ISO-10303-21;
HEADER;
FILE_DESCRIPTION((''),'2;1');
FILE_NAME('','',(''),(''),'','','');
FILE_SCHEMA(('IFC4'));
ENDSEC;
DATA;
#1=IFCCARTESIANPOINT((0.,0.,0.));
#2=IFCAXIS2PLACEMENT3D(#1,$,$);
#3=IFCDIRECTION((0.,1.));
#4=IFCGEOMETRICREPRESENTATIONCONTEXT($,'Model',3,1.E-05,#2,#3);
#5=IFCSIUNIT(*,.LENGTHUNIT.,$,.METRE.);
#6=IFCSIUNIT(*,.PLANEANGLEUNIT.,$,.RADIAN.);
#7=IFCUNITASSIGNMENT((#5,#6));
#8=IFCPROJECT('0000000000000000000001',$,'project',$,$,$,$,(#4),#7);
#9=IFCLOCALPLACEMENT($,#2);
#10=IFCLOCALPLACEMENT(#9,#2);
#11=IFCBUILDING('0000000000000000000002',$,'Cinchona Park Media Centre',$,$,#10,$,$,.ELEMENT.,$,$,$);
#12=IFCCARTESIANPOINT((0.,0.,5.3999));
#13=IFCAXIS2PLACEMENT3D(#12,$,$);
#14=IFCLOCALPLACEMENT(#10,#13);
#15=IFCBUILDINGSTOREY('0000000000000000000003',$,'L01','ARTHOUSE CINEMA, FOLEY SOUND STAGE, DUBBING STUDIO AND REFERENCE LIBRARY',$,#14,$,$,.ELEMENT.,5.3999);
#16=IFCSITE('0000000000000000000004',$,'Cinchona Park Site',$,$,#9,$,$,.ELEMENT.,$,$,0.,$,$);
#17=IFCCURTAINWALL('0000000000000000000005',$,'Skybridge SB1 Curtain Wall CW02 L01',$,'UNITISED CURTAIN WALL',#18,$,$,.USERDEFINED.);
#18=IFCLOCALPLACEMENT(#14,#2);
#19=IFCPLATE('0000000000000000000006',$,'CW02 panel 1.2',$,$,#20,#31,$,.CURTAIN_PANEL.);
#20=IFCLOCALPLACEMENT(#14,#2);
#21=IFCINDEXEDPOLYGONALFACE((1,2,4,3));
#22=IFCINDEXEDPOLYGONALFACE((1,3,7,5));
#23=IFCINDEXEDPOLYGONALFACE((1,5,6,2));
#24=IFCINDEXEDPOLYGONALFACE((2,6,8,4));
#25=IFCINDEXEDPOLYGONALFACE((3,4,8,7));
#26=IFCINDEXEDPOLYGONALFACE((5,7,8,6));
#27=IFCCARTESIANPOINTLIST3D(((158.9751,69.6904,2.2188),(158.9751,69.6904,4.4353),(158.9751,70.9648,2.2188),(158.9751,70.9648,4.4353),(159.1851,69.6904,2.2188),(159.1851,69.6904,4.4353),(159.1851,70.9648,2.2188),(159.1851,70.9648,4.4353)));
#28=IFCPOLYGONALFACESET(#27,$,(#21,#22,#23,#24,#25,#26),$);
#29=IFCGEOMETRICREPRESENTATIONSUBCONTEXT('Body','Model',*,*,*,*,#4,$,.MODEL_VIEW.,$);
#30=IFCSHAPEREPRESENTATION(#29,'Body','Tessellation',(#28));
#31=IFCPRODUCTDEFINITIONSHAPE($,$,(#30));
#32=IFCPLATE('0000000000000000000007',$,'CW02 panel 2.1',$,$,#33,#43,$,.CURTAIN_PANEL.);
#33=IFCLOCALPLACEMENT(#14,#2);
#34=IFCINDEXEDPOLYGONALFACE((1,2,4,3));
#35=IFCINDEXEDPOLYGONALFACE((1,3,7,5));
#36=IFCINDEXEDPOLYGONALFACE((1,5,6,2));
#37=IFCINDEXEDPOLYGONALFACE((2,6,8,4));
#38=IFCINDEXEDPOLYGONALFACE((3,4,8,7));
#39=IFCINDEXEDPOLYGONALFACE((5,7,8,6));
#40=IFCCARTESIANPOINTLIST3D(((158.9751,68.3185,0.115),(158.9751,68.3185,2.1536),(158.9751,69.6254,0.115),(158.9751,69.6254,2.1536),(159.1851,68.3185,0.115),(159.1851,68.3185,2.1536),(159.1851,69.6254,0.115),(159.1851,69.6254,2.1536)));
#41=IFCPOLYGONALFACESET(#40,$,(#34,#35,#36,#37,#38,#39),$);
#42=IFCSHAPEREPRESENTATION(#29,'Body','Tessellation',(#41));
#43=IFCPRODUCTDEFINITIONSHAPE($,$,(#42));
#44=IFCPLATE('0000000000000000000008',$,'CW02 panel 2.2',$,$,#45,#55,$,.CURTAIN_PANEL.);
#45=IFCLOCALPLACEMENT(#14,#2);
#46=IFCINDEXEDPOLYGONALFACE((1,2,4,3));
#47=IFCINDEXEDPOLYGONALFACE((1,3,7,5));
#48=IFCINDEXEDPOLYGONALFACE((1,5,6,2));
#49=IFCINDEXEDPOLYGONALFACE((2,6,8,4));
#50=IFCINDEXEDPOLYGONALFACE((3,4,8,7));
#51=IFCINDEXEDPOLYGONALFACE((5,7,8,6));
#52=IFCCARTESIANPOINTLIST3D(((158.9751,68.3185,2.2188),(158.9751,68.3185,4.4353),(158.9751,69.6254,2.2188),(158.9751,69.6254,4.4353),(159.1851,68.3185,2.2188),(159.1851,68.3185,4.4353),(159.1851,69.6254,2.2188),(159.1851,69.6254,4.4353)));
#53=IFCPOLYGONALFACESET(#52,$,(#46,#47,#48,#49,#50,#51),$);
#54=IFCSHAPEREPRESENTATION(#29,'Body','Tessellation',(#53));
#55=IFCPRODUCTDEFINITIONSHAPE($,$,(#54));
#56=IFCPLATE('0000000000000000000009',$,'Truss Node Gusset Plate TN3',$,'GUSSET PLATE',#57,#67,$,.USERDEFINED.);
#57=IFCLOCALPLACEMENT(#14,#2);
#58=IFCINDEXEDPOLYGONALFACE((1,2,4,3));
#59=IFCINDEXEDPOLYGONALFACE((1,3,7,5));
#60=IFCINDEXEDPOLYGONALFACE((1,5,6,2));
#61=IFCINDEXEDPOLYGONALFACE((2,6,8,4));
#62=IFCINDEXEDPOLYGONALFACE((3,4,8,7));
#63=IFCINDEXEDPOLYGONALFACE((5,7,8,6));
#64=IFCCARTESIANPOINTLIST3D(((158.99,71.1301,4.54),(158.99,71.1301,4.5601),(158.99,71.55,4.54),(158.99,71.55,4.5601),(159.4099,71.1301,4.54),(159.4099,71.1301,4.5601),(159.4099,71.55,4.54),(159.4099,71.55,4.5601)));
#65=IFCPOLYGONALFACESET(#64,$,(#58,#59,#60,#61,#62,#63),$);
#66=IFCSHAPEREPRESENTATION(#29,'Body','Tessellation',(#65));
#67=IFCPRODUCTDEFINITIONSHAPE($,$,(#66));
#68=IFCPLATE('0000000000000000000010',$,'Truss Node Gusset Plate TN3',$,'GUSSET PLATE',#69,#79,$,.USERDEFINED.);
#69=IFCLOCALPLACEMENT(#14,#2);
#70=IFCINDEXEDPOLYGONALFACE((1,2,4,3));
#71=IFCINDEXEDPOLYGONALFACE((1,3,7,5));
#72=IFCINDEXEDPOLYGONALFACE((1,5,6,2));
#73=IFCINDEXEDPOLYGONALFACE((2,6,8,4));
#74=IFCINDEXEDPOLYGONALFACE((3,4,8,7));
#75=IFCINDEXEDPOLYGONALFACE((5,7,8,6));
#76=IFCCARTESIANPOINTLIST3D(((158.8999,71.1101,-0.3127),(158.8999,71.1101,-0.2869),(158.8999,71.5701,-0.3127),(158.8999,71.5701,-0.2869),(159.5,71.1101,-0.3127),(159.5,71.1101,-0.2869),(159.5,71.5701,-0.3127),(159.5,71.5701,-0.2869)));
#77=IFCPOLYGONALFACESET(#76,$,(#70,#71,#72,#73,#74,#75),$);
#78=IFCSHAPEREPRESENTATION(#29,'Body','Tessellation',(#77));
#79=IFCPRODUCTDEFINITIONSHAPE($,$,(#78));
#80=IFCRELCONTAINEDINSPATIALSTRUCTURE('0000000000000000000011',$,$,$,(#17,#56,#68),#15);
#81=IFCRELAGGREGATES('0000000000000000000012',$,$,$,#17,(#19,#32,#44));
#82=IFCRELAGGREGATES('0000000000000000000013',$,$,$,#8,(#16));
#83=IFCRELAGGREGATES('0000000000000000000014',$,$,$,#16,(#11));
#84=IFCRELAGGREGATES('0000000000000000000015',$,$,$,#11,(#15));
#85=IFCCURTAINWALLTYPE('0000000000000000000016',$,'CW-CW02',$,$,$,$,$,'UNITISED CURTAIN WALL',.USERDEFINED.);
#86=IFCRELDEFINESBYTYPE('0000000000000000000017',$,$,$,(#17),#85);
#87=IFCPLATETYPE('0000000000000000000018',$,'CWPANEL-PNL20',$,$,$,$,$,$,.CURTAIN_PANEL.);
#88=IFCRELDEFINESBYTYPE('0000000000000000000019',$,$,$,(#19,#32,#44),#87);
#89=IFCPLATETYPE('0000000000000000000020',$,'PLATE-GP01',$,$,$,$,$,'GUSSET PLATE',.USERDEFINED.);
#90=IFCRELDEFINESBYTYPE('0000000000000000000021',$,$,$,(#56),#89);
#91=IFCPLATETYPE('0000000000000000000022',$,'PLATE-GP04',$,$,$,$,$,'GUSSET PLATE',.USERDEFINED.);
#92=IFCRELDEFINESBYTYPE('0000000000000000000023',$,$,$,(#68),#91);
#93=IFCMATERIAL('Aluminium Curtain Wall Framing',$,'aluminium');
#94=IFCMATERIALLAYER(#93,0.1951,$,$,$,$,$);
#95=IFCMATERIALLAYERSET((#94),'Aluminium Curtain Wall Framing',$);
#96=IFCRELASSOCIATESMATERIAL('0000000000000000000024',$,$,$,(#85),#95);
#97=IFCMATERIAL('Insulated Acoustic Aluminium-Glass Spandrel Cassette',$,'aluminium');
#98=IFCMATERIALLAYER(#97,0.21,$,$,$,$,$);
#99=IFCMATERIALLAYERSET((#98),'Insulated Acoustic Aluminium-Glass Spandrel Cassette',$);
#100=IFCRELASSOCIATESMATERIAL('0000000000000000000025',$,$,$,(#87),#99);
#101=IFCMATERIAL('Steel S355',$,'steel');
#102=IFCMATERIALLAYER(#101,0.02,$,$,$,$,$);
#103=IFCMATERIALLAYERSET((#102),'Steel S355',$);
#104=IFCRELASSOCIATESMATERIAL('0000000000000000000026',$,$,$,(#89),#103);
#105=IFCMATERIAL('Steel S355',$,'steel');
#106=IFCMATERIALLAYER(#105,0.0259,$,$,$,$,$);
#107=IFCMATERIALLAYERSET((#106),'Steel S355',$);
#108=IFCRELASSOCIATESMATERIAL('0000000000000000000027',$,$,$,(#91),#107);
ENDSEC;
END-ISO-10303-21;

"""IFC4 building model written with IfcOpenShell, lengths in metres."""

from ifc_helpers import new_model, si_unit, direction, frame, origin, origin_2d, place, context, subcontext, project, spatial, rectangle, extrude, material, layer, layer_set, type_object, element, aggregate, save


model = new_model("IFC4")

# Units and contexts
model_context = context("Model", 3, precision=1e-05, world=origin(), true_north=direction((0.0, 1.0)))
body_context = subcontext(model_context, "Body", "Model", "MODEL_VIEW")
ifc_project = project(units=[si_unit("LENGTHUNIT", "METRE"), si_unit("PLANEANGLEUNIT", "RADIAN")], contexts=[model_context])

# Site, building, storey
site_placement = place(None, origin())
site = spatial("IfcSite", under=ifc_project, at=site_placement, Name="Cinchona Park Site", CompositionType="ELEMENT", RefElevation=0.0)
building_placement = place(site_placement, origin())
building = spatial("IfcBuilding", under=site, at=building_placement, Name="Cinchona Park Media Centre", CompositionType="ELEMENT")
storey_placement = place(building_placement, frame((0.0, 0.0, 5.3999)))
storey = spatial("IfcBuildingStorey", under=building, at=storey_placement, Name="L01", Description="ARTHOUSE CINEMA, FOLEY SOUND STAGE, DUBBING STUDIO AND REFERENCE LIBRARY", CompositionType="ELEMENT", Elevation=5.3999)

# Curtain wall, plates
ifc_material_1 = material(Name="Aluminium Curtain Wall Framing", Category="aluminium")
ifc_layer_1 = layer(ifc_material_1, 0.1951)
ifc_layer_set_1 = layer_set([ifc_layer_1], Name="Aluminium Curtain Wall Framing")
curtain_wall_type = type_object("IfcCurtainWallType", Name="CW-CW02", ElementType="UNITISED CURTAIN WALL", PredefinedType="USERDEFINED", material=ifc_layer_set_1)
curtain_wall_placement = place(storey_placement, origin())
curtain_wall = element("IfcCurtainWall", 1, at=curtain_wall_placement, inside=storey, type_object=curtain_wall_type, Name="Skybridge SB1 Curtain Wall CW02 L01", ObjectType="UNITISED CURTAIN WALL", PredefinedType="USERDEFINED")
ifc_material_2 = material(Name="Insulated Acoustic Aluminium-Glass Spandrel Cassette", Category="aluminium")
ifc_layer_2 = layer(ifc_material_2, 0.21)
ifc_layer_set_2 = layer_set([ifc_layer_2], Name="Insulated Acoustic Aluminium-Glass Spandrel Cassette")
plate_type_1 = type_object("IfcPlateType", Name="CWPANEL-PNL20", PredefinedType="CURTAIN_PANEL", material=ifc_layer_set_2)
plate_1_placement = place(storey_placement, frame((159.0801, 70.3276, 2.2188), z_axis=(0.0, 0.0, 1.0), x_axis=(0.0, -1.0, 0.0)))
plate_1 = element("IfcPlate", 2, at=plate_1_placement, type_object=plate_type_1, Name="CW02 panel 1.2", PredefinedType="CURTAIN_PANEL", context=body_context, shape_type="SweptSolid", body=[
    extrude(rectangle(XDim=1.2744, YDim=0.21, at=origin_2d()), origin(), (0.0, 0.0, 1.0), 2.2166),
])
plate_2_placement = place(storey_placement, frame((159.0801, 68.9719, 0.115), z_axis=(0.0, 0.0, 1.0), x_axis=(0.0, -1.0, 0.0)))
plate_2 = element("IfcPlate", 3, at=plate_2_placement, type_object=plate_type_1, Name="CW02 panel 2.1", PredefinedType="CURTAIN_PANEL", context=body_context, shape_type="SweptSolid", body=[
    extrude(rectangle(XDim=1.3069, YDim=0.21, at=origin_2d()), origin(), (0.0, 0.0, 1.0), 2.0386),
])
plate_3_placement = place(storey_placement, frame((159.0801, 68.9719, 2.2188), z_axis=(0.0, 0.0, 1.0), x_axis=(0.0, -1.0, 0.0)))
plate_3 = element("IfcPlate", 4, at=plate_3_placement, type_object=plate_type_1, Name="CW02 panel 2.2", PredefinedType="CURTAIN_PANEL", context=body_context, shape_type="SweptSolid", body=[
    extrude(rectangle(XDim=1.3069, YDim=0.21, at=origin_2d()), origin(), (0.0, 0.0, 1.0), 2.2166),
])
aggregate(curtain_wall, [plate_1, plate_2, plate_3])

# Plates
ifc_material_3 = material(Name="Steel S355", Category="steel")
ifc_layer_3 = layer(ifc_material_3, 0.02)
ifc_layer_set_3 = layer_set([ifc_layer_3], Name="Steel S355")
plate_type_2 = type_object("IfcPlateType", Name="PLATE-GP01", ElementType="GUSSET PLATE", PredefinedType="USERDEFINED", material=ifc_layer_set_3)
plate_4_placement = place(storey_placement, frame((159.2, 71.3401, 4.54), z_axis=(0.0, 0.0, 1.0), x_axis=(1.0, 0.0, 0.0)))
element("IfcPlate", 5, at=plate_4_placement, inside=storey, type_object=plate_type_2, Name="Truss Node Gusset Plate TN3", ObjectType="GUSSET PLATE", PredefinedType="USERDEFINED", context=body_context, shape_type="SweptSolid", body=[
    extrude(rectangle(XDim=0.4199, YDim=0.4199, at=origin_2d()), origin(), (0.0, 0.0, 1.0), 0.02),
])
ifc_material_4 = material(Name="Steel S355", Category="steel")
ifc_layer_4 = layer(ifc_material_4, 0.0259)
ifc_layer_set_4 = layer_set([ifc_layer_4], Name="Steel S355")
plate_type_3 = type_object("IfcPlateType", Name="PLATE-GP04", ElementType="GUSSET PLATE", PredefinedType="USERDEFINED", material=ifc_layer_set_4)
plate_5_placement = place(storey_placement, frame((159.2, 71.3401, -0.3127), z_axis=(0.0, 0.0, 1.0), x_axis=(1.0, 0.0, 0.0)))
element("IfcPlate", 6, at=plate_5_placement, inside=storey, type_object=plate_type_3, Name="Truss Node Gusset Plate TN3", ObjectType="GUSSET PLATE", PredefinedType="USERDEFINED", context=body_context, shape_type="SweptSolid", body=[
    extrude(rectangle(XDim=0.6001, YDim=0.46, at=origin_2d()), origin(), (0.0, 0.0, 1.0), 0.0259),
])

save(model, "model.ifc")
